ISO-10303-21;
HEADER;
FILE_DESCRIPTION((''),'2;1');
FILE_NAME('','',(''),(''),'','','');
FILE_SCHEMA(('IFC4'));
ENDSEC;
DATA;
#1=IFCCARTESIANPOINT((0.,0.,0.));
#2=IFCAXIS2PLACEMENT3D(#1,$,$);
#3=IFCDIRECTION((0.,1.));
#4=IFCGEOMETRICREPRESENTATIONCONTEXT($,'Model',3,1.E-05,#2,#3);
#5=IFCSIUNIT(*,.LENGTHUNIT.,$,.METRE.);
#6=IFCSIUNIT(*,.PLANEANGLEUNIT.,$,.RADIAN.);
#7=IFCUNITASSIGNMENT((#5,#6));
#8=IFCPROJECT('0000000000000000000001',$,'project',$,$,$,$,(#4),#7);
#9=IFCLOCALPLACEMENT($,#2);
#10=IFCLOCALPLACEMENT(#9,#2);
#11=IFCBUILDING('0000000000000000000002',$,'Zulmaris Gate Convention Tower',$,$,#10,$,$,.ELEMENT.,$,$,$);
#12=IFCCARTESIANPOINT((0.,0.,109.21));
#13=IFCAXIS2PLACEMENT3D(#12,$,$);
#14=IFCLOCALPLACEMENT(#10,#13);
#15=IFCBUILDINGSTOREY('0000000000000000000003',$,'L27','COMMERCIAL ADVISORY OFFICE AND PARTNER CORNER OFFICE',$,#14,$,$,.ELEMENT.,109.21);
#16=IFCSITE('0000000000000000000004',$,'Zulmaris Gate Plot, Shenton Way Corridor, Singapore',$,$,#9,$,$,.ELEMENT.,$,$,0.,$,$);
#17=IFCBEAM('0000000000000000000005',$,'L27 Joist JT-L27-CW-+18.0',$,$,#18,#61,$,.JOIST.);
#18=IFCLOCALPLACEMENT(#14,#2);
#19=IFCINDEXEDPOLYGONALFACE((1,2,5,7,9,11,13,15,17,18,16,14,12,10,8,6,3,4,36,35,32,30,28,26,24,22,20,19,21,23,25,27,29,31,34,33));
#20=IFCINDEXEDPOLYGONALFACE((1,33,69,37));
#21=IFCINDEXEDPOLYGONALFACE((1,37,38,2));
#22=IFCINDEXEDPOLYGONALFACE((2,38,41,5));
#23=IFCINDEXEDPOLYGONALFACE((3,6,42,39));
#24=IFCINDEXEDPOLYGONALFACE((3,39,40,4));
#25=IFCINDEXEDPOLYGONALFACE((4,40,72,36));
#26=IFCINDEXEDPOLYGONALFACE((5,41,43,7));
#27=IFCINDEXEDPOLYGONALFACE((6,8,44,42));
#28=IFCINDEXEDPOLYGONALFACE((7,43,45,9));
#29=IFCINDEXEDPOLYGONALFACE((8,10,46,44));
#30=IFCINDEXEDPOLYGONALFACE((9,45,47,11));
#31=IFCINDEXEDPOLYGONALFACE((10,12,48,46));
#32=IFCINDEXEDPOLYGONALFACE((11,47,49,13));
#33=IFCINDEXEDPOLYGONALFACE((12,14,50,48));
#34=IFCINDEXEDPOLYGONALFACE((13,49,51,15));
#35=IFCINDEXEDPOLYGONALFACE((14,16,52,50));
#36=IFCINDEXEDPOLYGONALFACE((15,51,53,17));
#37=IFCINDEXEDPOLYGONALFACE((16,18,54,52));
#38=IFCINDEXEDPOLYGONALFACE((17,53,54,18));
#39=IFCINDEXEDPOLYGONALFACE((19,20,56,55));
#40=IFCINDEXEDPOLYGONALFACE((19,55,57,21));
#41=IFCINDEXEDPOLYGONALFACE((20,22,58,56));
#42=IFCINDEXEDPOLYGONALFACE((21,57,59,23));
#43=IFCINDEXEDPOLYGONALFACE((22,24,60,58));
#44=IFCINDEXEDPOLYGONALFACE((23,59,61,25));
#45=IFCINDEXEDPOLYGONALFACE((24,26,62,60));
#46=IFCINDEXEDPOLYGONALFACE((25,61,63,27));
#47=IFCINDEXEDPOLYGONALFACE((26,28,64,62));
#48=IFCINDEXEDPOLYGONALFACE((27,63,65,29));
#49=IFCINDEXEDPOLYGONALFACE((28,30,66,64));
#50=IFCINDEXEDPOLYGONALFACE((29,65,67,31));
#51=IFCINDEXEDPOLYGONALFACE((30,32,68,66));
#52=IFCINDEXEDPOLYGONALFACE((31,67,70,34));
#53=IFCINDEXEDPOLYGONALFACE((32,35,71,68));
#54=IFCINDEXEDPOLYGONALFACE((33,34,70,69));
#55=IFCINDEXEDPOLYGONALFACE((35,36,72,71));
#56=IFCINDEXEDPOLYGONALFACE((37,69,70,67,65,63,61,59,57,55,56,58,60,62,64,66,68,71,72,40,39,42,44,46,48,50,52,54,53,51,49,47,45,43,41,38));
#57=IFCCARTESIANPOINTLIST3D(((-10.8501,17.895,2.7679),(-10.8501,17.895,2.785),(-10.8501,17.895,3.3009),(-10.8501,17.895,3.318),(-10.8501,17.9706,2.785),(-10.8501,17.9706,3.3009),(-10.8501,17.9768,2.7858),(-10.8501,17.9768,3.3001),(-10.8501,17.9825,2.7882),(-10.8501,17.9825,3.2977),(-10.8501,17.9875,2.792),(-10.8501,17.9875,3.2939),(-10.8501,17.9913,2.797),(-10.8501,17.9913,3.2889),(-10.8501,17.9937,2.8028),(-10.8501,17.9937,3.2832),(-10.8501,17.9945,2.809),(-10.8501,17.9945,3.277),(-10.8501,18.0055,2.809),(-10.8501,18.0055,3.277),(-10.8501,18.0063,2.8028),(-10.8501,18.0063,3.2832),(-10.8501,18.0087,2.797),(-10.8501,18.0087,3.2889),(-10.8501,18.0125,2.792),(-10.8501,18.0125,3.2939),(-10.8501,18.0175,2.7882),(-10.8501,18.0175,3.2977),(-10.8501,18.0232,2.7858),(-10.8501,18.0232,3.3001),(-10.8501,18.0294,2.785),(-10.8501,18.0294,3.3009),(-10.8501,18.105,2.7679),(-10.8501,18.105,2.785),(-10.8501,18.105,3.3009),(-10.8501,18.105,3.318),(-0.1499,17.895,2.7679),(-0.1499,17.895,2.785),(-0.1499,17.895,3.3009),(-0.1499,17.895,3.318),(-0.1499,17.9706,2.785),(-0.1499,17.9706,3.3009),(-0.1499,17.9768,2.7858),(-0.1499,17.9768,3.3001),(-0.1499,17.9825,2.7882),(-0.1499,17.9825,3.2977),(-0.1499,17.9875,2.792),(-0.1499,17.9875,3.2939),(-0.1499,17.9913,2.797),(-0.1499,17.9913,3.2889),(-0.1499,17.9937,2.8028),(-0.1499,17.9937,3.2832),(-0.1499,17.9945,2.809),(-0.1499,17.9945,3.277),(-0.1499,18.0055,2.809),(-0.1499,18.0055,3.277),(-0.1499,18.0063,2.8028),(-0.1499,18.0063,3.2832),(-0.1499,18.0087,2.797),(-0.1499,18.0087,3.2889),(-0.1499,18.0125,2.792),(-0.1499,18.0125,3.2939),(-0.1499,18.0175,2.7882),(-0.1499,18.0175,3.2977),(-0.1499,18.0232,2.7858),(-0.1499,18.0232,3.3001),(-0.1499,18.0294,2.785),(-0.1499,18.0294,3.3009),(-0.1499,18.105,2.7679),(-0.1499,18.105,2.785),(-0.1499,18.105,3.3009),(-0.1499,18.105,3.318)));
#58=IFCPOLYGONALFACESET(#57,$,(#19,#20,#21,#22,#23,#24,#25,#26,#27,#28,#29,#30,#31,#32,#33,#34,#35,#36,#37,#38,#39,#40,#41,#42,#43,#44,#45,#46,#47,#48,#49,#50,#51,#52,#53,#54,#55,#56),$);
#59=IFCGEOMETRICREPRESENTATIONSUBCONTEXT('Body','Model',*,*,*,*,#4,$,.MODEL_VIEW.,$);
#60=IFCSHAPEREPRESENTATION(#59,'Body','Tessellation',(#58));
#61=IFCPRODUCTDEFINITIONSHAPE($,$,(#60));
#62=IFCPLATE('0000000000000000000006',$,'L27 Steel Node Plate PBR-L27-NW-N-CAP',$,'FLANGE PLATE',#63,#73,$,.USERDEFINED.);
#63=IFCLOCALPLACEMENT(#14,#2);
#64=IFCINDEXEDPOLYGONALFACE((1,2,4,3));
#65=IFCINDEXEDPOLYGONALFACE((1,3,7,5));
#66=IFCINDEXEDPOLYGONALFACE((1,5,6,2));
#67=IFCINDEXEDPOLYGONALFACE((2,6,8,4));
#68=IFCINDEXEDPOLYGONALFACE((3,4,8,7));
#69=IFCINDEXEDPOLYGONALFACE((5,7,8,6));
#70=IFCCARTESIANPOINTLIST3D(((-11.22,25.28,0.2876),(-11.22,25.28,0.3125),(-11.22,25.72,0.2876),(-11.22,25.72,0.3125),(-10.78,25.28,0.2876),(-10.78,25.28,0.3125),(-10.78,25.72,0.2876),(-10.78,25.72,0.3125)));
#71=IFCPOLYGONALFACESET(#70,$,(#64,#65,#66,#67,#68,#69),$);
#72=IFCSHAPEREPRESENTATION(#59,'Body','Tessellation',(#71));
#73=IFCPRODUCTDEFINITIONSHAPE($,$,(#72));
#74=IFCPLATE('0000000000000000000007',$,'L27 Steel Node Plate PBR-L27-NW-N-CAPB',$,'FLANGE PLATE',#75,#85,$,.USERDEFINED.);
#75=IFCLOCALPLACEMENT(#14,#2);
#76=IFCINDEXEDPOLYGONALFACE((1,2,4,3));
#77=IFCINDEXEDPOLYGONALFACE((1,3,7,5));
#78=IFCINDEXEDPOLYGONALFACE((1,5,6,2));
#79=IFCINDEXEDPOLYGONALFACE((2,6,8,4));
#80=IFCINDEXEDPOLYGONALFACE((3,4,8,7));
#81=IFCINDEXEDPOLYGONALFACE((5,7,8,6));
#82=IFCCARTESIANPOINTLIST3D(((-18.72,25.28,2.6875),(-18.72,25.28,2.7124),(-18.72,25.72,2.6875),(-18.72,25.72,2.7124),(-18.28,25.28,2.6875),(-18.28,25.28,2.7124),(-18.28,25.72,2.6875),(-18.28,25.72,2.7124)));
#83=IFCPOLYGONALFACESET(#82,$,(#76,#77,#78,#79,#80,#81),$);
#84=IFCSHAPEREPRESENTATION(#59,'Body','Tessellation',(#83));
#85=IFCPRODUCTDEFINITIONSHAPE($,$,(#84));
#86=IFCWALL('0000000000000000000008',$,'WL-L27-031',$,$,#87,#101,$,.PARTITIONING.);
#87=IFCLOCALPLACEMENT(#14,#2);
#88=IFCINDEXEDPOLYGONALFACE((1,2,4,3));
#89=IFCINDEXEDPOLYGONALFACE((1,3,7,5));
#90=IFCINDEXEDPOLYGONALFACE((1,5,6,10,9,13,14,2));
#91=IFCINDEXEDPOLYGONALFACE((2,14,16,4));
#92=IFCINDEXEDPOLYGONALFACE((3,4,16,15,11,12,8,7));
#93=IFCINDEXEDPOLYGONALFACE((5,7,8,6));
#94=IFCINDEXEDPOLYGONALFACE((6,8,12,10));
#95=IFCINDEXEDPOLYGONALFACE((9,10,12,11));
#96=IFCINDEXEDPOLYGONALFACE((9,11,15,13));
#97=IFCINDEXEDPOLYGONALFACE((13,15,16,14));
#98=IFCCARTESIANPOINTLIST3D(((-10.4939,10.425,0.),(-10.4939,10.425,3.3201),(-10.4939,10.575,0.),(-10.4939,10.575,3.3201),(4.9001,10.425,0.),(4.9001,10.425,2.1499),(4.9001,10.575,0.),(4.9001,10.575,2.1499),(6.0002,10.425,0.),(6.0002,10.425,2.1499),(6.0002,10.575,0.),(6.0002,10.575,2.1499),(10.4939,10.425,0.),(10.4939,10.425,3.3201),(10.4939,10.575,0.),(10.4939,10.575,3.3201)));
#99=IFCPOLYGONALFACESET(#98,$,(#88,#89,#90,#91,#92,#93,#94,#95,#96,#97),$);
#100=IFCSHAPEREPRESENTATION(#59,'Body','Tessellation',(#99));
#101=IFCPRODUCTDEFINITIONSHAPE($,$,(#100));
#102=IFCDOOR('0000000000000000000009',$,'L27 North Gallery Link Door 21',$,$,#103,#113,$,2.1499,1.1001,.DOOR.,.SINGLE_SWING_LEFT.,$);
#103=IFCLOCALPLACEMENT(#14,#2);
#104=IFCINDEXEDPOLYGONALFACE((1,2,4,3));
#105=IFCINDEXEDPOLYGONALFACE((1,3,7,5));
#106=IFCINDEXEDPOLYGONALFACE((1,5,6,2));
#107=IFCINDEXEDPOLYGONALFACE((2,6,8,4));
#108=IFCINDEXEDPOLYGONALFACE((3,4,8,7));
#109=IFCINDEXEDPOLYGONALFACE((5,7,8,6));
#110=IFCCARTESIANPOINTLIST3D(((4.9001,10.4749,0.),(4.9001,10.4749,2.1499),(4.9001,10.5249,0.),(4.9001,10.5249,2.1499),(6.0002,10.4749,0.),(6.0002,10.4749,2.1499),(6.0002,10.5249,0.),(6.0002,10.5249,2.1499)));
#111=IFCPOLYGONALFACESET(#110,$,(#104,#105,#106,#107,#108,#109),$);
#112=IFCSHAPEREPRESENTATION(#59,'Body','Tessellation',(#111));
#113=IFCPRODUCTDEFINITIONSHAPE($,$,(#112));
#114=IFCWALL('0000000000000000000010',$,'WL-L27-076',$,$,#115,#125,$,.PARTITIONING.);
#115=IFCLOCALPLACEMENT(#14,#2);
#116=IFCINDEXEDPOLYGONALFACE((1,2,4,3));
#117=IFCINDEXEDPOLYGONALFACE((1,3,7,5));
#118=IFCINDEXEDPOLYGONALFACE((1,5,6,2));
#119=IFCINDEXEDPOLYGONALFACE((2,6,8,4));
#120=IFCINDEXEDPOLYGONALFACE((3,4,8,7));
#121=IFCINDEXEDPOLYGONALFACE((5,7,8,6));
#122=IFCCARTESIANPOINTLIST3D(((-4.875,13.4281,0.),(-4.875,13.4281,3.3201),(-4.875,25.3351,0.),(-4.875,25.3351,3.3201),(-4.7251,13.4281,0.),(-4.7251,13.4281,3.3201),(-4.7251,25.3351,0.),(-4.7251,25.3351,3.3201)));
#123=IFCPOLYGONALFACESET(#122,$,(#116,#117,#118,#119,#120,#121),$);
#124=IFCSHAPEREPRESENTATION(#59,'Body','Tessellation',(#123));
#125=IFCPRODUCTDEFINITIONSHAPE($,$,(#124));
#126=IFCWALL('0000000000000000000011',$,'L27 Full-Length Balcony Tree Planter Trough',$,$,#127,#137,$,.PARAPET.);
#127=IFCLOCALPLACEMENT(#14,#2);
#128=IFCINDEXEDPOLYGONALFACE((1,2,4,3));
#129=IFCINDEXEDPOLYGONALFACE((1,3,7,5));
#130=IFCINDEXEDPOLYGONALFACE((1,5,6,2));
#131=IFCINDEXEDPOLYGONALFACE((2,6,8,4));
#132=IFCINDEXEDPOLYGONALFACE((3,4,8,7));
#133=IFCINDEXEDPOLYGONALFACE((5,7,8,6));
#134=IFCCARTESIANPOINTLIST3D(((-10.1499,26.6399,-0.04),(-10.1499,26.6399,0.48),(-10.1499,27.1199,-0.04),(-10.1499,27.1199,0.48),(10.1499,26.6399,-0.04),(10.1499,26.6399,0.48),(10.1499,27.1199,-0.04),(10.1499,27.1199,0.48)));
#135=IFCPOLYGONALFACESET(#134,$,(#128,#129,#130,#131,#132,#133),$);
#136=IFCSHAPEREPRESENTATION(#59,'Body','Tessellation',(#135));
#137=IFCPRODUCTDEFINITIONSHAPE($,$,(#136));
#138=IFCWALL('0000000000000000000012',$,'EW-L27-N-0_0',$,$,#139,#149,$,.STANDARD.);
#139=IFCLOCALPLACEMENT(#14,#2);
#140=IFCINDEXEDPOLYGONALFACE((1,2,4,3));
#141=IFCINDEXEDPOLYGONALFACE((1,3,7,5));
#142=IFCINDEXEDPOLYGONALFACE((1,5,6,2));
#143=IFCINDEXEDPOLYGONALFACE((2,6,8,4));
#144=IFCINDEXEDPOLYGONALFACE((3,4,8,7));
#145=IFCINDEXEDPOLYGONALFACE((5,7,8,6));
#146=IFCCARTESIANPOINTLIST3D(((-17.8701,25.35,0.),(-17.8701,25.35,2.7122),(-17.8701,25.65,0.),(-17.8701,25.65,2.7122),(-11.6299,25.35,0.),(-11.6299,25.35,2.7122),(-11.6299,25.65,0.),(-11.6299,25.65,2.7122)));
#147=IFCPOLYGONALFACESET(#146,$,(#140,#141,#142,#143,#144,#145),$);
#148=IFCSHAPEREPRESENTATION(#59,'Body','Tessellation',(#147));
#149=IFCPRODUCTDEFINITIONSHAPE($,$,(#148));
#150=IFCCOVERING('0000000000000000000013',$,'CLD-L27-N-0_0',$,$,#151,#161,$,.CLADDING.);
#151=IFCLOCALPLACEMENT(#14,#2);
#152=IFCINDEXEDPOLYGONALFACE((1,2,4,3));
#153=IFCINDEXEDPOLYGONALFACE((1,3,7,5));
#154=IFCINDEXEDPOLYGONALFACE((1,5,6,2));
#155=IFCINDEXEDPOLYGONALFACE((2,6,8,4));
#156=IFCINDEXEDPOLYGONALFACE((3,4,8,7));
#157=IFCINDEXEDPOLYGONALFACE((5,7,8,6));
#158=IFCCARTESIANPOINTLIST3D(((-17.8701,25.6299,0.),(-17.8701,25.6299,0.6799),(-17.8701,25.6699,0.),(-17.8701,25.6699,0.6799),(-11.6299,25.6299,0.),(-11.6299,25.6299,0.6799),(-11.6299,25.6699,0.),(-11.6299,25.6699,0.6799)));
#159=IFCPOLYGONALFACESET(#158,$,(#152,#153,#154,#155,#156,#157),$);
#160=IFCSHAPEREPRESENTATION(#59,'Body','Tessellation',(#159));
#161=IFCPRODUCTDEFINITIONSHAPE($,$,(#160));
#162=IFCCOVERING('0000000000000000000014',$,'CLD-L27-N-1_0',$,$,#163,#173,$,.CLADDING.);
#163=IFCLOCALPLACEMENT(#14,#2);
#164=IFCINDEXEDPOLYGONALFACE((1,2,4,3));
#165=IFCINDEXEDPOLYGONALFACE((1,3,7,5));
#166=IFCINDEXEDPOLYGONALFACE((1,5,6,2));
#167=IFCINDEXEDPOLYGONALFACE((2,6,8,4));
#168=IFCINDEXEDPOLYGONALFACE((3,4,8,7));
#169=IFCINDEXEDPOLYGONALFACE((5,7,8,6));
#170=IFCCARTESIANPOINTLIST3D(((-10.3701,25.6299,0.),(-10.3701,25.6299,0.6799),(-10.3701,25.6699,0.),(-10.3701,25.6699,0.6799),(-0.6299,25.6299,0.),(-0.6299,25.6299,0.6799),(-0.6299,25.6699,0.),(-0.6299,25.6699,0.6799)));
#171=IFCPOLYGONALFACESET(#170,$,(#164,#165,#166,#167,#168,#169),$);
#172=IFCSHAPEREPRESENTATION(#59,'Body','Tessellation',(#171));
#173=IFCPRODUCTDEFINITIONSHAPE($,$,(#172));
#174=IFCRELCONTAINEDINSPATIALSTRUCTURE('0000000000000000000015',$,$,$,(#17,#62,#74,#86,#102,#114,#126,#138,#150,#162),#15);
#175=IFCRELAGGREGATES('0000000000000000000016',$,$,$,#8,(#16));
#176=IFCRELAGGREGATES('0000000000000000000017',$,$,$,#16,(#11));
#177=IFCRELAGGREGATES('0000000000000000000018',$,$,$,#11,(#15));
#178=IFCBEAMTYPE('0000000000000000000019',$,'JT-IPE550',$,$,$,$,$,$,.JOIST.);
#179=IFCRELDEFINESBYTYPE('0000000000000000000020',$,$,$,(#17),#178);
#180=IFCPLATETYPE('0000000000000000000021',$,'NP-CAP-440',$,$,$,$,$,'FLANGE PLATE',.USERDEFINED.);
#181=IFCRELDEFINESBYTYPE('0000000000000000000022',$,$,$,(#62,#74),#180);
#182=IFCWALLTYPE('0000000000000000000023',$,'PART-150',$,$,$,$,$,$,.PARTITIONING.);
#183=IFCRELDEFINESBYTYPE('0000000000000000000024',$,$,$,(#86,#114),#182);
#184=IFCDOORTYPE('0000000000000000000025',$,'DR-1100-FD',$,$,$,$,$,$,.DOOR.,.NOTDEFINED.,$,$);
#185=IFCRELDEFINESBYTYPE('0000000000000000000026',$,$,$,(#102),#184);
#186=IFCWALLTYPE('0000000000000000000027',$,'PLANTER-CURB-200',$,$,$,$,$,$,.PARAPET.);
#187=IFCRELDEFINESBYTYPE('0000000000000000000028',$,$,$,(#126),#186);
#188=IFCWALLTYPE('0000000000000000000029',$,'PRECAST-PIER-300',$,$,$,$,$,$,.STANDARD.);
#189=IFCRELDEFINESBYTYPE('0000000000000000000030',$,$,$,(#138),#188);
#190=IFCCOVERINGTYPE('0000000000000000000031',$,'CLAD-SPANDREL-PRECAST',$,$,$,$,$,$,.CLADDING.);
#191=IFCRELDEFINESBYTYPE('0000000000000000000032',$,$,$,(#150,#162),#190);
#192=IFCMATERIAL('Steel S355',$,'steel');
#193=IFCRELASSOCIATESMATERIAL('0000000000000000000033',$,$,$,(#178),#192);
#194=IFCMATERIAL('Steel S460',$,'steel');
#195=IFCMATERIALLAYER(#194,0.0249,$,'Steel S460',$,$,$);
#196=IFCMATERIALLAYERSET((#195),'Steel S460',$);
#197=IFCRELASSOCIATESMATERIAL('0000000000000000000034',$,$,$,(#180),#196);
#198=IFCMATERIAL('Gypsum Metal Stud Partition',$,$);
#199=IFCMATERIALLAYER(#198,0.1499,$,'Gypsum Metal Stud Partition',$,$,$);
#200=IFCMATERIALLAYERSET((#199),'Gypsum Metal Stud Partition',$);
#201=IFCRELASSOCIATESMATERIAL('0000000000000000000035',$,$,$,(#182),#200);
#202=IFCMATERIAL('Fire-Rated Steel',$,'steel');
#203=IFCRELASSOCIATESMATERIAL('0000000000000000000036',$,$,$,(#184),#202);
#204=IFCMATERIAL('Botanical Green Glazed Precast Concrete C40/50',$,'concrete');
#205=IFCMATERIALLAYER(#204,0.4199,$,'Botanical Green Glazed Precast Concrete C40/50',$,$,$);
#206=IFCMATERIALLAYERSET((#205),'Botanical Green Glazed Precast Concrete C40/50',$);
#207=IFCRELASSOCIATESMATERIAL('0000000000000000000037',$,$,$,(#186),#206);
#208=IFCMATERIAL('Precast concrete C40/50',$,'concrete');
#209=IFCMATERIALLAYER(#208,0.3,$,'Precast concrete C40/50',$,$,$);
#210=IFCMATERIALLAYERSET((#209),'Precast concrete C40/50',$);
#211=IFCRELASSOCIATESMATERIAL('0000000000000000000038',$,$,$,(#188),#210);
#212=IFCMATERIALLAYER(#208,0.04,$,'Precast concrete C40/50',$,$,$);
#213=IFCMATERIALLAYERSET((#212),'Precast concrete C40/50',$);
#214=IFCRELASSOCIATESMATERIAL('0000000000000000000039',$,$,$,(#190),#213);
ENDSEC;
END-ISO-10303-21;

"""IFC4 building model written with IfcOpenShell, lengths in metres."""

from ifc_helpers import new_model, si_unit, direction, frame, frame_2d, origin, origin_2d, place, context, subcontext, project, spatial, rectangle, i_section, extrude, material, layer, layer_set, material_profile, profile_set, type_object, element, fill, save


model = new_model("IFC4")

# Units and contexts
model_context = context("Model", 3, precision=1e-05, world=origin(), true_north=direction((0.0, 1.0)))
body_context = subcontext(model_context, "Body", "Model", "MODEL_VIEW")
ifc_project = project(units=[si_unit("LENGTHUNIT", "METRE"), si_unit("PLANEANGLEUNIT", "RADIAN")], contexts=[model_context])

# Site, building, storey
site_placement = place(None, origin())
site = spatial("IfcSite", under=ifc_project, at=site_placement, Name="Zulmaris Gate Plot, Shenton Way Corridor, Singapore", CompositionType="ELEMENT", RefElevation=0.0)
building_placement = place(site_placement, origin())
building = spatial("IfcBuilding", under=site, at=building_placement, Name="Zulmaris Gate Convention Tower", CompositionType="ELEMENT")
storey_placement = place(building_placement, frame((0.0, 0.0, 109.21)))
storey = spatial("IfcBuildingStorey", under=building, at=storey_placement, Name="L27", Description="COMMERCIAL ADVISORY OFFICE AND PARTNER CORNER OFFICE", CompositionType="ELEMENT", Elevation=109.21)

# Shared definitions
ifc_material_1 = material(Name="Steel S355", Category="steel")

# Shared definitions
ifc_material_2 = material(Name="Steel S460", Category="steel")

# Beam
ifc_material_profile_1 = material_profile(ifc_material_1, i_section(OverallWidth=0.21, OverallDepth=0.55, WebThickness=0.011, FlangeThickness=0.0171, FilletRadius=0.0239, at=origin_2d()), Name="IPE 550")
ifc_profile_set_1 = profile_set([ifc_material_profile_1], Name="Steel S355")
beam_type_1 = type_object("IfcBeamType", Name="JT-IPE550", PredefinedType="JOIST", material=ifc_profile_set_1)
for number, where, z_axis, x_axis, name in (
    (1, (-10.8501, 18.0, 3.043), (1.0, 0.0, 0.0), (0.0, 1.0, 0.0), "L27 Joist JT-L27-CW-+18.0"),
):
    element("IfcBeam", number, at=place(storey_placement, frame(where, z_axis=z_axis, x_axis=x_axis)), inside=storey, type_object=beam_type_1, Name=name, PredefinedType="JOIST", context=body_context, shape_type="SweptSolid", body=[
        extrude(i_section(OverallWidth=0.21, OverallDepth=0.55, WebThickness=0.011, FlangeThickness=0.0171, FilletRadius=0.0239, at=origin_2d()), origin(), (0.0, 0.0, 1.0), 10.7002),
    ])

# Plates
ifc_layer_1 = layer(ifc_material_2, 0.0249, Name="Steel S460")
ifc_layer_set_1 = layer_set([ifc_layer_1], Name="Steel S460")
plate_type = type_object("IfcPlateType", Name="NP-CAP-440", ElementType="FLANGE PLATE", PredefinedType="USERDEFINED", material=ifc_layer_set_1)
for number, where, z_axis, x_axis, name in (
    (2, (-11.0, 25.5, 0.2876), (0.0, 0.0, 1.0), (1.0, 0.0, 0.0), "L27 Steel Node Plate PBR-L27-NW-N-CAP"),
    (3, (-18.5, 25.5, 2.6875), (0.0, 0.0, 1.0), (1.0, 0.0, 0.0), "L27 Steel Node Plate PBR-L27-NW-N-CAPB"),
):
    element("IfcPlate", number, at=place(storey_placement, frame(where, z_axis=z_axis, x_axis=x_axis)), inside=storey, type_object=plate_type, Name=name, ObjectType="FLANGE PLATE", PredefinedType="USERDEFINED", context=body_context, shape_type="SweptSolid", body=[
        extrude(rectangle(XDim=0.4399, YDim=0.4399, at=origin_2d()), origin(), (0.0, 0.0, 1.0), 0.0249),
    ])

# Wall, opening, door
ifc_material_3 = material(Name="Gypsum Metal Stud Partition")
ifc_layer_2 = layer(ifc_material_3, 0.1499, Name="Gypsum Metal Stud Partition")
ifc_layer_set_2 = layer_set([ifc_layer_2], Name="Gypsum Metal Stud Partition")
wall_type_1 = type_object("IfcWallType", Name="PART-150", PredefinedType="PARTITIONING", material=ifc_layer_set_2)
wall_1_placement = place(storey_placement, frame((-10.4939, 10.5, 0.0), z_axis=(0.0, 0.0, 1.0), x_axis=(1.0, 0.0, 0.0)))
wall_1 = element("IfcWall", 4, at=wall_1_placement, inside=storey, type_object=wall_type_1, Name="WL-L27-031", PredefinedType="PARTITIONING", context=body_context, shape_type="SweptSolid", body=[
    extrude(rectangle(XDim=20.9878, YDim=0.1499, at=frame_2d((10.4939, 0.0))), origin(), (0.0, 0.0, 1.0), 3.3201),
])
opening_1_placement = place(wall_1_placement, frame((15.394, 0.0, 0.0)))
opening_1 = element("IfcOpeningElement", 5, at=opening_1_placement, cuts=wall_1, PredefinedType="OPENING", context=body_context, shape_type="SweptSolid", body=[
    extrude(rectangle(XDim=1.1001, YDim=2.1499, at=frame_2d((0.55, 1.075))), frame((0.0, 0.085, 0.0), z_axis=(0.0, -1.0, 0.0), x_axis=(1.0, 0.0, 0.0)), (0.0, 0.0, 1.0), 0.1699),
])
ifc_material_4 = material(Name="Fire-Rated Steel", Category="steel")
door_type_1 = type_object("IfcDoorType", Name="DR-1100-FD", OperationType="NOTDEFINED", PredefinedType="DOOR", material=ifc_material_4)
door_1_placement = place(opening_1_placement, origin())
door_1 = element("IfcDoor", 6, at=door_1_placement, inside=storey, type_object=door_type_1, Name="L27 North Gallery Link Door 21", OperationType="SINGLE_SWING_LEFT", OverallHeight=2.1499, OverallWidth=1.1001, PredefinedType="DOOR", context=body_context, shape_type="SweptSolid", body=[
    extrude(rectangle(XDim=1.1001, YDim=2.1499, at=frame_2d((0.55, 1.075))), frame((0.0, 0.0249, 0.0), z_axis=(0.0, -1.0, 0.0), x_axis=(1.0, 0.0, 0.0)), (0.0, 0.0, 1.0), 0.05),
])
fill(opening_1, door_1)

# Walls
wall_2_placement = place(storey_placement, frame((-4.8, 13.428, 0.0), z_axis=(0.0, 0.0, 1.0), x_axis=(0.0, 1.0, 0.0)))
element("IfcWall", 7, at=wall_2_placement, inside=storey, type_object=wall_type_1, Name="WL-L27-076", PredefinedType="PARTITIONING", context=body_context, shape_type="SweptSolid", body=[
    extrude(rectangle(XDim=11.907, YDim=0.1499, at=frame_2d((5.9536, 0.0))), origin(), (0.0, 0.0, 1.0), 3.3201),
])
ifc_material_5 = material(Name="Botanical Green Glazed Precast Concrete C40/50", Category="concrete")
ifc_layer_3 = layer(ifc_material_5, 0.4199, Name="Botanical Green Glazed Precast Concrete C40/50")
ifc_layer_set_3 = layer_set([ifc_layer_3], Name="Botanical Green Glazed Precast Concrete C40/50")
wall_type_2 = type_object("IfcWallType", Name="PLANTER-CURB-200", PredefinedType="PARAPET", material=ifc_layer_set_3)
wall_3_placement = place(storey_placement, frame((-10.1499, 26.8799, -0.04), z_axis=(0.0, 0.0, 1.0), x_axis=(1.0, 0.0, 0.0)))
element("IfcWall", 8, at=wall_3_placement, inside=storey, type_object=wall_type_2, Name="L27 Full-Length Balcony Tree Planter Trough", PredefinedType="PARAPET", context=body_context, shape_type="SweptSolid", body=[
    extrude(rectangle(XDim=20.2998, YDim=0.48, at=frame_2d((10.1499, 0.0))), origin(), (0.0, 0.0, 1.0), 0.52),
])
ifc_material_6 = material(Name="Precast concrete C40/50", Category="concrete")
ifc_layer_4 = layer(ifc_material_6, 0.3, Name="Precast concrete C40/50")
ifc_layer_set_4 = layer_set([ifc_layer_4], Name="Precast concrete C40/50")
wall_type_3 = type_object("IfcWallType", Name="PRECAST-PIER-300", PredefinedType="STANDARD", material=ifc_layer_set_4)
wall_4_placement = place(storey_placement, frame((-11.6299, 25.5, 0.0), z_axis=(0.0, 0.0, 1.0), x_axis=(-1.0, 0.0, 0.0)))
element("IfcWall", 9, at=wall_4_placement, inside=storey, type_object=wall_type_3, Name="EW-L27-N-0_0", PredefinedType="STANDARD", context=body_context, shape_type="SweptSolid", body=[
    extrude(rectangle(XDim=6.2402, YDim=0.3, at=frame_2d((3.1201, 0.0))), origin(), (0.0, 0.0, 1.0), 2.7122),
])

# Coverings
ifc_layer_5 = layer(ifc_material_6, 0.04, Name="Precast concrete C40/50")
ifc_layer_set_5 = layer_set([ifc_layer_5], Name="Precast concrete C40/50")
covering_type = type_object("IfcCoveringType", Name="CLAD-SPANDREL-PRECAST", PredefinedType="CLADDING", material=ifc_layer_set_5)
covering_1_placement = place(storey_placement, frame((-11.6299, 25.6499, 0.0), z_axis=(0.0, 0.0, 1.0), x_axis=(-1.0, 0.0, 0.0)))
element("IfcCovering", 10, at=covering_1_placement, inside=storey, type_object=covering_type, Name="CLD-L27-N-0_0", PredefinedType="CLADDING", context=body_context, shape_type="SweptSolid", body=[
    extrude(rectangle(XDim=6.2402, YDim=0.04, at=frame_2d((3.1201, 0.0))), origin(), (0.0, 0.0, 1.0), 0.6799),
])
covering_2_placement = place(storey_placement, frame((-0.6299, 25.6499, 0.0), z_axis=(0.0, 0.0, 1.0), x_axis=(-1.0, 0.0, 0.0)))
element("IfcCovering", 11, at=covering_2_placement, inside=storey, type_object=covering_type, Name="CLD-L27-N-1_0", PredefinedType="CLADDING", context=body_context, shape_type="SweptSolid", body=[
    extrude(rectangle(XDim=9.7402, YDim=0.04, at=frame_2d((4.8701, 0.0))), origin(), (0.0, 0.0, 1.0), 0.6799),
])

save(model, "model.ifc")
